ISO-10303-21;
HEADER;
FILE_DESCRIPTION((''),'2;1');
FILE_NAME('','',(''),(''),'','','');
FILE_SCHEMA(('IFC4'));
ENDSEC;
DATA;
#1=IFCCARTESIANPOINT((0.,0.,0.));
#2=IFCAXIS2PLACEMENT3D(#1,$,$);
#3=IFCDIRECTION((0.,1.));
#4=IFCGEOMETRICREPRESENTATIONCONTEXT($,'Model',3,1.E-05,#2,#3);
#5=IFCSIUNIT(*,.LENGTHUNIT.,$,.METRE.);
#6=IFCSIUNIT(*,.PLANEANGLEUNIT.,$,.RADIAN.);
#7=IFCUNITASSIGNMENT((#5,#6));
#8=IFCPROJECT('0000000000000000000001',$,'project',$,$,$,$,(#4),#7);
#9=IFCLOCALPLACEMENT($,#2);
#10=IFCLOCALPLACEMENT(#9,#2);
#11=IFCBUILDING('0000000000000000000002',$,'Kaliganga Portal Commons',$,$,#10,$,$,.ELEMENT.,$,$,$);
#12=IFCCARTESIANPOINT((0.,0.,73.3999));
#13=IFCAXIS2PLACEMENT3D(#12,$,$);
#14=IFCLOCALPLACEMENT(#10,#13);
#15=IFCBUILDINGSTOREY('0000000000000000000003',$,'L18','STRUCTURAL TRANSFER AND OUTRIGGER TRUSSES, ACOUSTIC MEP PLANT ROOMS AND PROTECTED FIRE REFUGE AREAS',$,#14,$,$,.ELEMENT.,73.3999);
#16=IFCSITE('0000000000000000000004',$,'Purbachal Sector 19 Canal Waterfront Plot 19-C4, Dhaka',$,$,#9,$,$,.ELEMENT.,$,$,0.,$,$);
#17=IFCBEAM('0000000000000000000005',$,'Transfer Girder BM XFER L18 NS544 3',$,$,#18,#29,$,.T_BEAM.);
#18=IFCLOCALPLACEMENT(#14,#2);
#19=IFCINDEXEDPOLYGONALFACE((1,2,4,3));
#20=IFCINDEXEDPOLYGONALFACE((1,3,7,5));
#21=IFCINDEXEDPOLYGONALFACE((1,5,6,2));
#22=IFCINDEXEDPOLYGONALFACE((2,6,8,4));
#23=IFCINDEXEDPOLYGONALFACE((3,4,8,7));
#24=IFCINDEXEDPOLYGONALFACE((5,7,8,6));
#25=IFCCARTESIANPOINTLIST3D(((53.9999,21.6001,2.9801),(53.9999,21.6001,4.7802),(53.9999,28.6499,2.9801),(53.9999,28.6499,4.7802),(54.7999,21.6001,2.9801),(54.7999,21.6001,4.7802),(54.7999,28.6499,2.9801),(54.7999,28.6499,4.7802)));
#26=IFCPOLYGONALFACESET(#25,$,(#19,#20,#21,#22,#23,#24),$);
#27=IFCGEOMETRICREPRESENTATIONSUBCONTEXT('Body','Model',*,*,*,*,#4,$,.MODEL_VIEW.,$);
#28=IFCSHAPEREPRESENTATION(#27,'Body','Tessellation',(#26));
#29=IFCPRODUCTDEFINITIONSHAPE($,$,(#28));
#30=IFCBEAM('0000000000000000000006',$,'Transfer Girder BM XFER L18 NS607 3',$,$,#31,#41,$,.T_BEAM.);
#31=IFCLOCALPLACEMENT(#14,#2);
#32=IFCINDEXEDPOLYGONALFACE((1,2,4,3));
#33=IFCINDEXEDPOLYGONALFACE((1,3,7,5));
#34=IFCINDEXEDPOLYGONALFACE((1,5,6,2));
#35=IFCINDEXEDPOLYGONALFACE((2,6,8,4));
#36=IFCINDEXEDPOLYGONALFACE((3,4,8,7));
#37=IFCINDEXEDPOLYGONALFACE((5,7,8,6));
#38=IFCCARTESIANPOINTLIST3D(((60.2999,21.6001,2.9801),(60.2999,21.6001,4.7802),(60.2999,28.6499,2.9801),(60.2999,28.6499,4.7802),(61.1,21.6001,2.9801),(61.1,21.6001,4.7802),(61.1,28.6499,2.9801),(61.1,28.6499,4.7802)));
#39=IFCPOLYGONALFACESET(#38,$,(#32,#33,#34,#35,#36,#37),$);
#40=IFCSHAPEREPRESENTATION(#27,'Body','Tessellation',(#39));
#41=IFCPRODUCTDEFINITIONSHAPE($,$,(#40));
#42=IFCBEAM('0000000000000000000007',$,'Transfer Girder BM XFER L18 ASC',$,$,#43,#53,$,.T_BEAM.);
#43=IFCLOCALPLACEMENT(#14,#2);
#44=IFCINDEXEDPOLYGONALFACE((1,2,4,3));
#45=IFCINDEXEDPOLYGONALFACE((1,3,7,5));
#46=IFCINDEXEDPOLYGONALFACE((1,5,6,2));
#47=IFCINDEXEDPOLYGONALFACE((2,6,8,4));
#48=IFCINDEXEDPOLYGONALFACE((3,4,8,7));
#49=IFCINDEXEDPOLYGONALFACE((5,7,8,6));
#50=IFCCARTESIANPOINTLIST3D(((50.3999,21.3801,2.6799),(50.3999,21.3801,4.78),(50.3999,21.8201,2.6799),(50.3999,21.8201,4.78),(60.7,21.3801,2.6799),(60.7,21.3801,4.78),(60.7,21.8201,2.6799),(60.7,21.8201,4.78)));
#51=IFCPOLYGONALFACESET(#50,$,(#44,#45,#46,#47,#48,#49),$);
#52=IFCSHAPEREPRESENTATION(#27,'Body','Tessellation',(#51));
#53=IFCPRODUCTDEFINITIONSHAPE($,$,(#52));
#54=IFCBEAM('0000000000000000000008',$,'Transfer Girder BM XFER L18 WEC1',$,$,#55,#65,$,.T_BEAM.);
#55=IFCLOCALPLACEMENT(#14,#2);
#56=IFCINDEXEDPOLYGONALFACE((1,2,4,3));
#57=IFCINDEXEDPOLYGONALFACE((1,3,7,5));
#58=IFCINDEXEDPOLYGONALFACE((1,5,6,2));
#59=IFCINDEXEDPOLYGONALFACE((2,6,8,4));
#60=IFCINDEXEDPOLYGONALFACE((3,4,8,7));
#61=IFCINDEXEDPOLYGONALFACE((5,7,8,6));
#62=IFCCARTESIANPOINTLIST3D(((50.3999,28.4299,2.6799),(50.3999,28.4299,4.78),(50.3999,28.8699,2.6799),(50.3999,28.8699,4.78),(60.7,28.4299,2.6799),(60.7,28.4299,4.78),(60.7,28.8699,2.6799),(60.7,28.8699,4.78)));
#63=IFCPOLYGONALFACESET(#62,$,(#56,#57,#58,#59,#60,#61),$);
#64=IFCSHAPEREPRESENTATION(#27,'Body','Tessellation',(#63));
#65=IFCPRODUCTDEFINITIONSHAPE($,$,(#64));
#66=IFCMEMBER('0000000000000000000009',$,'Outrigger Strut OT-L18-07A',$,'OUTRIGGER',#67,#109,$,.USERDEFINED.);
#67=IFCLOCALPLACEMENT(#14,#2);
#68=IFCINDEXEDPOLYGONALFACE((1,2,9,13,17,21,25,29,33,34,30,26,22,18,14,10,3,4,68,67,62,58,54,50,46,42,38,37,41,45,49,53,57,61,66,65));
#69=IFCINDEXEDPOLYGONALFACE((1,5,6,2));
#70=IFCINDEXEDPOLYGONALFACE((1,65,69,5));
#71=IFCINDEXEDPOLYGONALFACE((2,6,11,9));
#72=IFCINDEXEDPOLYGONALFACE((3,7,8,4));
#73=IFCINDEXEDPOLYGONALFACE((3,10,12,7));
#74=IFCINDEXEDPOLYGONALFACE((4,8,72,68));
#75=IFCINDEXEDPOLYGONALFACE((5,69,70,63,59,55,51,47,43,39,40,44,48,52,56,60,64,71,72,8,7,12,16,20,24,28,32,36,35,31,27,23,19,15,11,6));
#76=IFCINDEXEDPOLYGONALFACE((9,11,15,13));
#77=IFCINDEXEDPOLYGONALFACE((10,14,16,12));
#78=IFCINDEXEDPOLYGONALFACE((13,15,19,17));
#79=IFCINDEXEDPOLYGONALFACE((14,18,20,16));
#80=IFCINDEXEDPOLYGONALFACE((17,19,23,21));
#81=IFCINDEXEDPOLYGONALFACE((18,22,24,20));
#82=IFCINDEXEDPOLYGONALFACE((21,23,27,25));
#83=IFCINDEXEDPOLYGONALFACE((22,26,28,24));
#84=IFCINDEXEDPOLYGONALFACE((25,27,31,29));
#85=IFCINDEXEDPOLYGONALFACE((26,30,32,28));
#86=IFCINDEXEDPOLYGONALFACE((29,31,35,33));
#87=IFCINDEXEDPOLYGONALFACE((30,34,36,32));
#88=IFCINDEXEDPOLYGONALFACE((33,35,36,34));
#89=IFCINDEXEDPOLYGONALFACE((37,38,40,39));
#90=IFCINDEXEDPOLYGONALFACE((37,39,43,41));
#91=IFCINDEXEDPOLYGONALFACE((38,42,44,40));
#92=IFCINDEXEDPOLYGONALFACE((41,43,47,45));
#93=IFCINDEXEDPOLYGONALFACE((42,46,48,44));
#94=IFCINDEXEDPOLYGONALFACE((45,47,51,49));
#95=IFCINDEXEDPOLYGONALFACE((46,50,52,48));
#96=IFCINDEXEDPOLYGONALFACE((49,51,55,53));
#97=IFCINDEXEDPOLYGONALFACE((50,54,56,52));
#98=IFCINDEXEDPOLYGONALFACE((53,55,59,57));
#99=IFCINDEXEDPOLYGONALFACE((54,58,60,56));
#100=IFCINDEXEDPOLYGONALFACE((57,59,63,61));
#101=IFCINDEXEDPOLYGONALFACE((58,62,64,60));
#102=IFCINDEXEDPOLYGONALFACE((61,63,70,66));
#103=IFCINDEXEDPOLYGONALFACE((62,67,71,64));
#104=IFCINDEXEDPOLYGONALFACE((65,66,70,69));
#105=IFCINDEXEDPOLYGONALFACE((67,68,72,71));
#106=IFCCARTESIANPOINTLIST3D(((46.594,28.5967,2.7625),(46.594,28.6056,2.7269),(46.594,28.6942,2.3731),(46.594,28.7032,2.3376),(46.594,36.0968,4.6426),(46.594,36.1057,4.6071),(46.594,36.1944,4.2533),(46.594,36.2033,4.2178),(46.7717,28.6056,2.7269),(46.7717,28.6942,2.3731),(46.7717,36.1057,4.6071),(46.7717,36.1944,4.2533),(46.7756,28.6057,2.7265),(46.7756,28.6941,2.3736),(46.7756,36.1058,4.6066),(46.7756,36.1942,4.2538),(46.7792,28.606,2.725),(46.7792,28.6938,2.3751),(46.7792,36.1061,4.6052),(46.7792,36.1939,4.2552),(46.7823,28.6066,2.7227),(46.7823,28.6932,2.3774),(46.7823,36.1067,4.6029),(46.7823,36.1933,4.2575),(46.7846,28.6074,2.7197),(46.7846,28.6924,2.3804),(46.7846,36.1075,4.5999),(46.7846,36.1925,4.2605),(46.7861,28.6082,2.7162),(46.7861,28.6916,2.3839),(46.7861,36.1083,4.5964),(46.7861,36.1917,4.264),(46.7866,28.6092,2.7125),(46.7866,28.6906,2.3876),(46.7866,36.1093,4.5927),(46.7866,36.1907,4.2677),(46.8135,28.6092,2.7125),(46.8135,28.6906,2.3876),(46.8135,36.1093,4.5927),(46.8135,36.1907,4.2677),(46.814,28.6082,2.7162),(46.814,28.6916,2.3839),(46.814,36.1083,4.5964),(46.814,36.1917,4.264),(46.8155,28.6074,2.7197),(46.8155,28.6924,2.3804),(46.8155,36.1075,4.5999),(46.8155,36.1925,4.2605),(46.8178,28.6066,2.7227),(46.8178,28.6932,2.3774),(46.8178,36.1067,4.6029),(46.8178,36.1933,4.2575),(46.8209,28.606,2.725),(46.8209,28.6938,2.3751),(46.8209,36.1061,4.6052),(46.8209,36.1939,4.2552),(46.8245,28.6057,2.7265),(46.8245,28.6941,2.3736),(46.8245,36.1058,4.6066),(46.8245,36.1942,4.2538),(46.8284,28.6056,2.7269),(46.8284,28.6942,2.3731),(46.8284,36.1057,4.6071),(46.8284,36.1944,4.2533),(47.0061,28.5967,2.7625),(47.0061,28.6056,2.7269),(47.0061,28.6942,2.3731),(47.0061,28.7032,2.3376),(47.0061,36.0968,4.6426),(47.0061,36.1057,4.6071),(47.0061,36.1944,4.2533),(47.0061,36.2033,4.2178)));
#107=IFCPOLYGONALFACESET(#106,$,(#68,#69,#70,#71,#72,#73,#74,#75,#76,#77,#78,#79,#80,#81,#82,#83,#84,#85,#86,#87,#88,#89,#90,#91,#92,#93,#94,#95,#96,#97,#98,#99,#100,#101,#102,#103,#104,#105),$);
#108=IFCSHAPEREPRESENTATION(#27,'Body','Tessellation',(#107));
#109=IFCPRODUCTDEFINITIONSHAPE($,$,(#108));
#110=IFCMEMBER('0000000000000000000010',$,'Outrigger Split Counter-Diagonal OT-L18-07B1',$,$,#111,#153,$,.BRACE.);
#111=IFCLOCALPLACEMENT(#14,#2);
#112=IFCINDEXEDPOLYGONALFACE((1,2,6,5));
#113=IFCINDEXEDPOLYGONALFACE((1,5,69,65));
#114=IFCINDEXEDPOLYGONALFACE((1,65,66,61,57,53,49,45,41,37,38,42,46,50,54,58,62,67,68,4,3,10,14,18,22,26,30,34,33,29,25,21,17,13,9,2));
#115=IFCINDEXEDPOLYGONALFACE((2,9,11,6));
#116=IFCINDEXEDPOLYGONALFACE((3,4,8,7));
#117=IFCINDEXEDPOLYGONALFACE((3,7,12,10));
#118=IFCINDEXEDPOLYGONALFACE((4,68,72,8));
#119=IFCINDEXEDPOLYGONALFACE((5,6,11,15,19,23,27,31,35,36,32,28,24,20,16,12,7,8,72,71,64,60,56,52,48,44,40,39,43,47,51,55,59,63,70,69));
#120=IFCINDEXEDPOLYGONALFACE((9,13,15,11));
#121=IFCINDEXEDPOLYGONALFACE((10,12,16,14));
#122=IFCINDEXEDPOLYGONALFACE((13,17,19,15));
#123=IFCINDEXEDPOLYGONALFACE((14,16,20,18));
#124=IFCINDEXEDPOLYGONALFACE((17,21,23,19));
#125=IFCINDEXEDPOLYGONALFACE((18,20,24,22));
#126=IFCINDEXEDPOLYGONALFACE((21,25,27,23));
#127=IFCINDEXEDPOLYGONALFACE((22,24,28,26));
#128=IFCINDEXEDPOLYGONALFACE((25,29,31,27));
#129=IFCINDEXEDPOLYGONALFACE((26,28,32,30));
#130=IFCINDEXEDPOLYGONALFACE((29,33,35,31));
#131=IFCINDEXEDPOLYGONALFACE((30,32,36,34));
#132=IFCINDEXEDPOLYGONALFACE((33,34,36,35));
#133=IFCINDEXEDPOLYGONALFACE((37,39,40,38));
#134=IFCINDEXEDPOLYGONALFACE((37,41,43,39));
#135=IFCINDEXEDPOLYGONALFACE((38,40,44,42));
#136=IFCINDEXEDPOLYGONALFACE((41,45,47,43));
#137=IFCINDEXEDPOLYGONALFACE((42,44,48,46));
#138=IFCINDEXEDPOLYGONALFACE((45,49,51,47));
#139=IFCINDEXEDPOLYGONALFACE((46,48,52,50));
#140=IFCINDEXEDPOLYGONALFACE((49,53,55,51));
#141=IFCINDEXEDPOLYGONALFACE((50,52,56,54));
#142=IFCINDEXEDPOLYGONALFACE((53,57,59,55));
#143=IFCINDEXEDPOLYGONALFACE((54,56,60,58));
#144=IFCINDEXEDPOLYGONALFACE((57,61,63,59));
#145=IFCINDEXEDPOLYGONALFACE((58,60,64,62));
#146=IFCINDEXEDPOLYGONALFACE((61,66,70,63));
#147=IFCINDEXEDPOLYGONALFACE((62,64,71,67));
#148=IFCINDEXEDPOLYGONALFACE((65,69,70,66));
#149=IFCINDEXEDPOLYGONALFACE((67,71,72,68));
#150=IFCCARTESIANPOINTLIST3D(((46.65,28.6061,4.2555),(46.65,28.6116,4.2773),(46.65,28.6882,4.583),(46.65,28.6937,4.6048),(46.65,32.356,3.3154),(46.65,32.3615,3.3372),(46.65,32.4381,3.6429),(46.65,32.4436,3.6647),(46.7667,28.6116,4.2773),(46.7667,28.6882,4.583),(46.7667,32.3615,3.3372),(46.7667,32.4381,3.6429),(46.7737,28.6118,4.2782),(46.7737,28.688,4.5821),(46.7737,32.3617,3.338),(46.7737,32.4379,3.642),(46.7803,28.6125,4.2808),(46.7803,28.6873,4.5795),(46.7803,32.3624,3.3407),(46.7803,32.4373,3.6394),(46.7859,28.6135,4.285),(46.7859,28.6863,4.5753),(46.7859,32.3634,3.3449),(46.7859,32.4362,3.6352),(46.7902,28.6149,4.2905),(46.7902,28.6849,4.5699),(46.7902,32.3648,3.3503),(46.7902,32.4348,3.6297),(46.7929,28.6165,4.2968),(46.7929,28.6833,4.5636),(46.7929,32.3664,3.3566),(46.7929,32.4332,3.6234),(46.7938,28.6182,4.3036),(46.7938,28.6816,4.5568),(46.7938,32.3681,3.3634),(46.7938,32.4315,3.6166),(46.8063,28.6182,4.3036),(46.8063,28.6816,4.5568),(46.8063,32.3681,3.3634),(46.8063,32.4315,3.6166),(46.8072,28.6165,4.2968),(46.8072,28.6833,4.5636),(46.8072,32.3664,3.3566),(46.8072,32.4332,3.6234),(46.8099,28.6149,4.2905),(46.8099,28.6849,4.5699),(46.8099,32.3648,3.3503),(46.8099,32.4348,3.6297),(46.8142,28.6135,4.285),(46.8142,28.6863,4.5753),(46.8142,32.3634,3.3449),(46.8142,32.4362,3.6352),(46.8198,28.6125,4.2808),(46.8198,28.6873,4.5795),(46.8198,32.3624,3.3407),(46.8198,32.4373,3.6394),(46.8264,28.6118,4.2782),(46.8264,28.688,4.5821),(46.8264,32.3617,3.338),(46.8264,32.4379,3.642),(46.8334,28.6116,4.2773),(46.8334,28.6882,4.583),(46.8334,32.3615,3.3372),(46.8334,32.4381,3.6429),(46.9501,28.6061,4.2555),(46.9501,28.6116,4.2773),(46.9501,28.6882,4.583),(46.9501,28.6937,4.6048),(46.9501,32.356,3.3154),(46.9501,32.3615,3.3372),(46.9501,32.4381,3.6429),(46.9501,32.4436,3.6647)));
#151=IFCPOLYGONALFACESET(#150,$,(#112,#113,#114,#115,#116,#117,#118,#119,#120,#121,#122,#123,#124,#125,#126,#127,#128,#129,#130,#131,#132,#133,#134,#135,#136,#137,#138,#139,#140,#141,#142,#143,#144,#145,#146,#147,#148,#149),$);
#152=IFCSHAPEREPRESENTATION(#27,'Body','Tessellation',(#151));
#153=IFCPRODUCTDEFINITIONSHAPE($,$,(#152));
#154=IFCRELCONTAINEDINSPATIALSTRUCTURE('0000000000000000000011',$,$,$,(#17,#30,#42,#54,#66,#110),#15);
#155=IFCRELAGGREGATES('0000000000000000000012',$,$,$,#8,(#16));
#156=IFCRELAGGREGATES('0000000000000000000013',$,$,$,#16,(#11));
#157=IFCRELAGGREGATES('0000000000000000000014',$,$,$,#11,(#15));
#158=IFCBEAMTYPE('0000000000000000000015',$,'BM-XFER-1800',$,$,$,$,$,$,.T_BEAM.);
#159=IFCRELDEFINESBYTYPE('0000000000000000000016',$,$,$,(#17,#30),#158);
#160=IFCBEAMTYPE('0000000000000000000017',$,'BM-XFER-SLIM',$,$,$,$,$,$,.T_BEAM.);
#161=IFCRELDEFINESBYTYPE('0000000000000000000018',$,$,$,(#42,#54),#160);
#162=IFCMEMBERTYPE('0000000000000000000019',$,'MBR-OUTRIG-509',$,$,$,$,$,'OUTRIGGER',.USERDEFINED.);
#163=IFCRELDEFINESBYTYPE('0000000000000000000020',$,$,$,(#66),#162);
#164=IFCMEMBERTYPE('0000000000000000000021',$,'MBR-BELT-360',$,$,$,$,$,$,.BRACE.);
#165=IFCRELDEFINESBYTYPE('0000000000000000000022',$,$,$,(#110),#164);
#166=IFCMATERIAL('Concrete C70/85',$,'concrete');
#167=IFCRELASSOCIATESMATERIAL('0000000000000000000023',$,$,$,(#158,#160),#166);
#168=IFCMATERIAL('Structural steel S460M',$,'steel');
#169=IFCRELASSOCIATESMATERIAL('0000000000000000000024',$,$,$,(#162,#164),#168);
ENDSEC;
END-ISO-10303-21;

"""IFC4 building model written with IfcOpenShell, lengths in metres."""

from ifc_helpers import new_model, si_unit, direction, frame, origin, origin_2d, place, context, subcontext, project, spatial, rectangle, i_section, extrude, source, transform, mapped, material, material_profile, profile_set, type_object, element, save


model = new_model("IFC4")

# Units and contexts
model_context = context("Model", 3, precision=1e-05, world=origin(), true_north=direction((0.0, 1.0)))
body_context = subcontext(model_context, "Body", "Model", "MODEL_VIEW")
ifc_project = project(units=[si_unit("LENGTHUNIT", "METRE"), si_unit("PLANEANGLEUNIT", "RADIAN")], contexts=[model_context])

# Site, building, storey
site_placement = place(None, origin())
site = spatial("IfcSite", under=ifc_project, at=site_placement, Name="Purbachal Sector 19 Canal Waterfront Plot 19-C4, Dhaka", CompositionType="ELEMENT", RefElevation=0.0)
building_placement = place(site_placement, origin())
building = spatial("IfcBuilding", under=site, at=building_placement, Name="Kaliganga Portal Commons", CompositionType="ELEMENT")
storey_placement = place(building_placement, frame((0.0, 0.0, 73.3999)))
storey = spatial("IfcBuildingStorey", under=building, at=storey_placement, Name="L18", Description="STRUCTURAL TRANSFER AND OUTRIGGER TRUSSES, ACOUSTIC MEP PLANT ROOMS AND PROTECTED FIRE REFUGE AREAS", CompositionType="ELEMENT", Elevation=73.3999)

# Shared definitions
ifc_material_1 = material(Name="Concrete C70/85", Category="concrete")
ifc_material_2 = material(Name="Structural steel S460M", Category="steel")

# Beams
ifc_material_profile_1 = material_profile(ifc_material_1, rectangle(XDim=0.8, YDim=1.8, at=origin_2d()), Name="RC 800x1800")
ifc_profile_set_1 = profile_set([ifc_material_profile_1], Name="Concrete C70/85")
beam_type_1 = type_object("IfcBeamType", Name="BM-XFER-1800", PredefinedType="T_BEAM", material=ifc_profile_set_1)
shared_shape_1 = source(origin(), body_context, "Body", "SweptSolid", [
    extrude(rectangle(XDim=0.8, YDim=1.8, at=origin_2d()), origin(), (0.0, 0.0, 1.0), 7.0498),
])
for number, where, z_axis, x_axis, name in (
    (1, (54.3999, 21.6001, 3.8801), (0.0, 1.0, 0.0), (-1.0, 0.0, 0.0), "Transfer Girder BM XFER L18 NS544 3"),
    (2, (60.7, 21.6001, 3.8801), (0.0, 1.0, 0.0), (-1.0, 0.0, 0.0), "Transfer Girder BM XFER L18 NS607 3"),
):
    element("IfcBeam", number, at=place(storey_placement, frame(where, z_axis=z_axis, x_axis=x_axis)), inside=storey, type_object=beam_type_1, Name=name, PredefinedType="T_BEAM", context=body_context, shape_type="MappedRepresentation", body=[
        mapped(shared_shape_1, transform((0.0, 0.0, 0.0), x_axis=(1.0, 0.0, 0.0), y_axis=(0.0, 1.0, 0.0), z_axis=(0.0, 0.0, 1.0), scale=1.0)),
    ])
ifc_material_profile_2 = material_profile(ifc_material_1, rectangle(XDim=0.4399, YDim=2.1001, at=origin_2d()), Name="RC 440x2100")
ifc_profile_set_2 = profile_set([ifc_material_profile_2], Name="Concrete C70/85")
beam_type_2 = type_object("IfcBeamType", Name="BM-XFER-SLIM", PredefinedType="T_BEAM", material=ifc_profile_set_2)
shared_shape_2 = source(origin(), body_context, "Body", "SweptSolid", [
    extrude(rectangle(XDim=0.4399, YDim=2.1001, at=origin_2d()), origin(), (0.0, 0.0, 1.0), 10.3),
])
for number, where, z_axis, x_axis, name in (
    (3, (50.3999, 21.6001, 3.73), (1.0, 0.0, 0.0), (0.0, 1.0, 0.0), "Transfer Girder BM XFER L18 ASC"),
    (4, (50.3999, 28.6499, 3.73), (1.0, 0.0, 0.0), (0.0, 1.0, 0.0), "Transfer Girder BM XFER L18 WEC1"),
):
    element("IfcBeam", number, at=place(storey_placement, frame(where, z_axis=z_axis, x_axis=x_axis)), inside=storey, type_object=beam_type_2, Name=name, PredefinedType="T_BEAM", context=body_context, shape_type="MappedRepresentation", body=[
        mapped(shared_shape_2, transform((0.0, 0.0, 0.0), x_axis=(1.0, 0.0, 0.0), y_axis=(0.0, 1.0, 0.0), z_axis=(0.0, 0.0, 1.0), scale=1.0)),
    ])

# Members
ifc_material_profile_3 = material_profile(ifc_material_2, i_section(OverallWidth=0.4121, OverallDepth=0.438, WebThickness=0.0269, FlangeThickness=0.0366, FilletRadius=0.0149, at=origin_2d()), Name="HD 400x463")
ifc_profile_set_3 = profile_set([ifc_material_profile_3], Name="Structural steel S460M wide-flange")
member_type_1 = type_object("IfcMemberType", Name="MBR-OUTRIG-509", ElementType="OUTRIGGER", PredefinedType="USERDEFINED", material=ifc_profile_set_3)
shared_shape_3 = source(origin(), body_context, "Body", "SweptSolid", [
    extrude(i_section(OverallWidth=0.4121, OverallDepth=0.438, WebThickness=0.0269, FlangeThickness=0.0366, FilletRadius=0.0149, at=origin_2d()), origin(), (0.0, 0.0, 1.0), 7.7322),
])
member_placement = place(storey_placement, frame((46.8, 28.6499, 2.55), z_axis=(0.0, 0.969986, 0.24316), x_axis=(-1.0, 0.0, 0.0)))
element("IfcMember", 5, at=member_placement, inside=storey, type_object=member_type_1, Name="Outrigger Strut OT-L18-07A", ObjectType="OUTRIGGER", PredefinedType="USERDEFINED", context=body_context, shape_type="MappedRepresentation", body=[
    mapped(shared_shape_3, transform((0.0, 0.0, 0.0), x_axis=(1.0, 0.0, 0.0), y_axis=(0.0, 1.0, 0.0), z_axis=(0.0, 0.0, 1.0), scale=1.0)),
])
ifc_material_profile_4 = material_profile(ifc_material_2, i_section(OverallWidth=0.3, OverallDepth=0.3601, WebThickness=0.0125, FlangeThickness=0.0225, FilletRadius=0.0271, at=origin_2d()), Name="HE 360 B")
ifc_profile_set_4 = profile_set([ifc_material_profile_4], Name="Structural steel S460M wide-flange")
member_type_2 = type_object("IfcMemberType", Name="MBR-BELT-360", PredefinedType="BRACE", material=ifc_profile_set_4)
shared_shape_4 = source(origin(), body_context, "Body", "SweptSolid", [
    extrude(i_section(OverallWidth=0.3, OverallDepth=0.3601, WebThickness=0.0125, FlangeThickness=0.0225, FilletRadius=0.0271, at=origin_2d()), origin(), (0.0, 0.0, 1.0), 3.866),
])
for number, where, z_axis, x_axis, name in (
    (6, (46.8, 28.6499, 4.4302), (0.0, 0.969979, -0.243189), (-1.0, 0.0, 0.0), "Outrigger Split Counter-Diagonal OT-L18-07B1"),
):
    element("IfcMember", number, at=place(storey_placement, frame(where, z_axis=z_axis, x_axis=x_axis)), inside=storey, type_object=member_type_2, Name=name, PredefinedType="BRACE", context=body_context, shape_type="MappedRepresentation", body=[
        mapped(shared_shape_4, transform((0.0, 0.0, 0.0), x_axis=(1.0, 0.0, 0.0), y_axis=(0.0, 1.0, 0.0), z_axis=(0.0, 0.0, 1.0), scale=1.0)),
    ])

save(model, "model.ifc")
